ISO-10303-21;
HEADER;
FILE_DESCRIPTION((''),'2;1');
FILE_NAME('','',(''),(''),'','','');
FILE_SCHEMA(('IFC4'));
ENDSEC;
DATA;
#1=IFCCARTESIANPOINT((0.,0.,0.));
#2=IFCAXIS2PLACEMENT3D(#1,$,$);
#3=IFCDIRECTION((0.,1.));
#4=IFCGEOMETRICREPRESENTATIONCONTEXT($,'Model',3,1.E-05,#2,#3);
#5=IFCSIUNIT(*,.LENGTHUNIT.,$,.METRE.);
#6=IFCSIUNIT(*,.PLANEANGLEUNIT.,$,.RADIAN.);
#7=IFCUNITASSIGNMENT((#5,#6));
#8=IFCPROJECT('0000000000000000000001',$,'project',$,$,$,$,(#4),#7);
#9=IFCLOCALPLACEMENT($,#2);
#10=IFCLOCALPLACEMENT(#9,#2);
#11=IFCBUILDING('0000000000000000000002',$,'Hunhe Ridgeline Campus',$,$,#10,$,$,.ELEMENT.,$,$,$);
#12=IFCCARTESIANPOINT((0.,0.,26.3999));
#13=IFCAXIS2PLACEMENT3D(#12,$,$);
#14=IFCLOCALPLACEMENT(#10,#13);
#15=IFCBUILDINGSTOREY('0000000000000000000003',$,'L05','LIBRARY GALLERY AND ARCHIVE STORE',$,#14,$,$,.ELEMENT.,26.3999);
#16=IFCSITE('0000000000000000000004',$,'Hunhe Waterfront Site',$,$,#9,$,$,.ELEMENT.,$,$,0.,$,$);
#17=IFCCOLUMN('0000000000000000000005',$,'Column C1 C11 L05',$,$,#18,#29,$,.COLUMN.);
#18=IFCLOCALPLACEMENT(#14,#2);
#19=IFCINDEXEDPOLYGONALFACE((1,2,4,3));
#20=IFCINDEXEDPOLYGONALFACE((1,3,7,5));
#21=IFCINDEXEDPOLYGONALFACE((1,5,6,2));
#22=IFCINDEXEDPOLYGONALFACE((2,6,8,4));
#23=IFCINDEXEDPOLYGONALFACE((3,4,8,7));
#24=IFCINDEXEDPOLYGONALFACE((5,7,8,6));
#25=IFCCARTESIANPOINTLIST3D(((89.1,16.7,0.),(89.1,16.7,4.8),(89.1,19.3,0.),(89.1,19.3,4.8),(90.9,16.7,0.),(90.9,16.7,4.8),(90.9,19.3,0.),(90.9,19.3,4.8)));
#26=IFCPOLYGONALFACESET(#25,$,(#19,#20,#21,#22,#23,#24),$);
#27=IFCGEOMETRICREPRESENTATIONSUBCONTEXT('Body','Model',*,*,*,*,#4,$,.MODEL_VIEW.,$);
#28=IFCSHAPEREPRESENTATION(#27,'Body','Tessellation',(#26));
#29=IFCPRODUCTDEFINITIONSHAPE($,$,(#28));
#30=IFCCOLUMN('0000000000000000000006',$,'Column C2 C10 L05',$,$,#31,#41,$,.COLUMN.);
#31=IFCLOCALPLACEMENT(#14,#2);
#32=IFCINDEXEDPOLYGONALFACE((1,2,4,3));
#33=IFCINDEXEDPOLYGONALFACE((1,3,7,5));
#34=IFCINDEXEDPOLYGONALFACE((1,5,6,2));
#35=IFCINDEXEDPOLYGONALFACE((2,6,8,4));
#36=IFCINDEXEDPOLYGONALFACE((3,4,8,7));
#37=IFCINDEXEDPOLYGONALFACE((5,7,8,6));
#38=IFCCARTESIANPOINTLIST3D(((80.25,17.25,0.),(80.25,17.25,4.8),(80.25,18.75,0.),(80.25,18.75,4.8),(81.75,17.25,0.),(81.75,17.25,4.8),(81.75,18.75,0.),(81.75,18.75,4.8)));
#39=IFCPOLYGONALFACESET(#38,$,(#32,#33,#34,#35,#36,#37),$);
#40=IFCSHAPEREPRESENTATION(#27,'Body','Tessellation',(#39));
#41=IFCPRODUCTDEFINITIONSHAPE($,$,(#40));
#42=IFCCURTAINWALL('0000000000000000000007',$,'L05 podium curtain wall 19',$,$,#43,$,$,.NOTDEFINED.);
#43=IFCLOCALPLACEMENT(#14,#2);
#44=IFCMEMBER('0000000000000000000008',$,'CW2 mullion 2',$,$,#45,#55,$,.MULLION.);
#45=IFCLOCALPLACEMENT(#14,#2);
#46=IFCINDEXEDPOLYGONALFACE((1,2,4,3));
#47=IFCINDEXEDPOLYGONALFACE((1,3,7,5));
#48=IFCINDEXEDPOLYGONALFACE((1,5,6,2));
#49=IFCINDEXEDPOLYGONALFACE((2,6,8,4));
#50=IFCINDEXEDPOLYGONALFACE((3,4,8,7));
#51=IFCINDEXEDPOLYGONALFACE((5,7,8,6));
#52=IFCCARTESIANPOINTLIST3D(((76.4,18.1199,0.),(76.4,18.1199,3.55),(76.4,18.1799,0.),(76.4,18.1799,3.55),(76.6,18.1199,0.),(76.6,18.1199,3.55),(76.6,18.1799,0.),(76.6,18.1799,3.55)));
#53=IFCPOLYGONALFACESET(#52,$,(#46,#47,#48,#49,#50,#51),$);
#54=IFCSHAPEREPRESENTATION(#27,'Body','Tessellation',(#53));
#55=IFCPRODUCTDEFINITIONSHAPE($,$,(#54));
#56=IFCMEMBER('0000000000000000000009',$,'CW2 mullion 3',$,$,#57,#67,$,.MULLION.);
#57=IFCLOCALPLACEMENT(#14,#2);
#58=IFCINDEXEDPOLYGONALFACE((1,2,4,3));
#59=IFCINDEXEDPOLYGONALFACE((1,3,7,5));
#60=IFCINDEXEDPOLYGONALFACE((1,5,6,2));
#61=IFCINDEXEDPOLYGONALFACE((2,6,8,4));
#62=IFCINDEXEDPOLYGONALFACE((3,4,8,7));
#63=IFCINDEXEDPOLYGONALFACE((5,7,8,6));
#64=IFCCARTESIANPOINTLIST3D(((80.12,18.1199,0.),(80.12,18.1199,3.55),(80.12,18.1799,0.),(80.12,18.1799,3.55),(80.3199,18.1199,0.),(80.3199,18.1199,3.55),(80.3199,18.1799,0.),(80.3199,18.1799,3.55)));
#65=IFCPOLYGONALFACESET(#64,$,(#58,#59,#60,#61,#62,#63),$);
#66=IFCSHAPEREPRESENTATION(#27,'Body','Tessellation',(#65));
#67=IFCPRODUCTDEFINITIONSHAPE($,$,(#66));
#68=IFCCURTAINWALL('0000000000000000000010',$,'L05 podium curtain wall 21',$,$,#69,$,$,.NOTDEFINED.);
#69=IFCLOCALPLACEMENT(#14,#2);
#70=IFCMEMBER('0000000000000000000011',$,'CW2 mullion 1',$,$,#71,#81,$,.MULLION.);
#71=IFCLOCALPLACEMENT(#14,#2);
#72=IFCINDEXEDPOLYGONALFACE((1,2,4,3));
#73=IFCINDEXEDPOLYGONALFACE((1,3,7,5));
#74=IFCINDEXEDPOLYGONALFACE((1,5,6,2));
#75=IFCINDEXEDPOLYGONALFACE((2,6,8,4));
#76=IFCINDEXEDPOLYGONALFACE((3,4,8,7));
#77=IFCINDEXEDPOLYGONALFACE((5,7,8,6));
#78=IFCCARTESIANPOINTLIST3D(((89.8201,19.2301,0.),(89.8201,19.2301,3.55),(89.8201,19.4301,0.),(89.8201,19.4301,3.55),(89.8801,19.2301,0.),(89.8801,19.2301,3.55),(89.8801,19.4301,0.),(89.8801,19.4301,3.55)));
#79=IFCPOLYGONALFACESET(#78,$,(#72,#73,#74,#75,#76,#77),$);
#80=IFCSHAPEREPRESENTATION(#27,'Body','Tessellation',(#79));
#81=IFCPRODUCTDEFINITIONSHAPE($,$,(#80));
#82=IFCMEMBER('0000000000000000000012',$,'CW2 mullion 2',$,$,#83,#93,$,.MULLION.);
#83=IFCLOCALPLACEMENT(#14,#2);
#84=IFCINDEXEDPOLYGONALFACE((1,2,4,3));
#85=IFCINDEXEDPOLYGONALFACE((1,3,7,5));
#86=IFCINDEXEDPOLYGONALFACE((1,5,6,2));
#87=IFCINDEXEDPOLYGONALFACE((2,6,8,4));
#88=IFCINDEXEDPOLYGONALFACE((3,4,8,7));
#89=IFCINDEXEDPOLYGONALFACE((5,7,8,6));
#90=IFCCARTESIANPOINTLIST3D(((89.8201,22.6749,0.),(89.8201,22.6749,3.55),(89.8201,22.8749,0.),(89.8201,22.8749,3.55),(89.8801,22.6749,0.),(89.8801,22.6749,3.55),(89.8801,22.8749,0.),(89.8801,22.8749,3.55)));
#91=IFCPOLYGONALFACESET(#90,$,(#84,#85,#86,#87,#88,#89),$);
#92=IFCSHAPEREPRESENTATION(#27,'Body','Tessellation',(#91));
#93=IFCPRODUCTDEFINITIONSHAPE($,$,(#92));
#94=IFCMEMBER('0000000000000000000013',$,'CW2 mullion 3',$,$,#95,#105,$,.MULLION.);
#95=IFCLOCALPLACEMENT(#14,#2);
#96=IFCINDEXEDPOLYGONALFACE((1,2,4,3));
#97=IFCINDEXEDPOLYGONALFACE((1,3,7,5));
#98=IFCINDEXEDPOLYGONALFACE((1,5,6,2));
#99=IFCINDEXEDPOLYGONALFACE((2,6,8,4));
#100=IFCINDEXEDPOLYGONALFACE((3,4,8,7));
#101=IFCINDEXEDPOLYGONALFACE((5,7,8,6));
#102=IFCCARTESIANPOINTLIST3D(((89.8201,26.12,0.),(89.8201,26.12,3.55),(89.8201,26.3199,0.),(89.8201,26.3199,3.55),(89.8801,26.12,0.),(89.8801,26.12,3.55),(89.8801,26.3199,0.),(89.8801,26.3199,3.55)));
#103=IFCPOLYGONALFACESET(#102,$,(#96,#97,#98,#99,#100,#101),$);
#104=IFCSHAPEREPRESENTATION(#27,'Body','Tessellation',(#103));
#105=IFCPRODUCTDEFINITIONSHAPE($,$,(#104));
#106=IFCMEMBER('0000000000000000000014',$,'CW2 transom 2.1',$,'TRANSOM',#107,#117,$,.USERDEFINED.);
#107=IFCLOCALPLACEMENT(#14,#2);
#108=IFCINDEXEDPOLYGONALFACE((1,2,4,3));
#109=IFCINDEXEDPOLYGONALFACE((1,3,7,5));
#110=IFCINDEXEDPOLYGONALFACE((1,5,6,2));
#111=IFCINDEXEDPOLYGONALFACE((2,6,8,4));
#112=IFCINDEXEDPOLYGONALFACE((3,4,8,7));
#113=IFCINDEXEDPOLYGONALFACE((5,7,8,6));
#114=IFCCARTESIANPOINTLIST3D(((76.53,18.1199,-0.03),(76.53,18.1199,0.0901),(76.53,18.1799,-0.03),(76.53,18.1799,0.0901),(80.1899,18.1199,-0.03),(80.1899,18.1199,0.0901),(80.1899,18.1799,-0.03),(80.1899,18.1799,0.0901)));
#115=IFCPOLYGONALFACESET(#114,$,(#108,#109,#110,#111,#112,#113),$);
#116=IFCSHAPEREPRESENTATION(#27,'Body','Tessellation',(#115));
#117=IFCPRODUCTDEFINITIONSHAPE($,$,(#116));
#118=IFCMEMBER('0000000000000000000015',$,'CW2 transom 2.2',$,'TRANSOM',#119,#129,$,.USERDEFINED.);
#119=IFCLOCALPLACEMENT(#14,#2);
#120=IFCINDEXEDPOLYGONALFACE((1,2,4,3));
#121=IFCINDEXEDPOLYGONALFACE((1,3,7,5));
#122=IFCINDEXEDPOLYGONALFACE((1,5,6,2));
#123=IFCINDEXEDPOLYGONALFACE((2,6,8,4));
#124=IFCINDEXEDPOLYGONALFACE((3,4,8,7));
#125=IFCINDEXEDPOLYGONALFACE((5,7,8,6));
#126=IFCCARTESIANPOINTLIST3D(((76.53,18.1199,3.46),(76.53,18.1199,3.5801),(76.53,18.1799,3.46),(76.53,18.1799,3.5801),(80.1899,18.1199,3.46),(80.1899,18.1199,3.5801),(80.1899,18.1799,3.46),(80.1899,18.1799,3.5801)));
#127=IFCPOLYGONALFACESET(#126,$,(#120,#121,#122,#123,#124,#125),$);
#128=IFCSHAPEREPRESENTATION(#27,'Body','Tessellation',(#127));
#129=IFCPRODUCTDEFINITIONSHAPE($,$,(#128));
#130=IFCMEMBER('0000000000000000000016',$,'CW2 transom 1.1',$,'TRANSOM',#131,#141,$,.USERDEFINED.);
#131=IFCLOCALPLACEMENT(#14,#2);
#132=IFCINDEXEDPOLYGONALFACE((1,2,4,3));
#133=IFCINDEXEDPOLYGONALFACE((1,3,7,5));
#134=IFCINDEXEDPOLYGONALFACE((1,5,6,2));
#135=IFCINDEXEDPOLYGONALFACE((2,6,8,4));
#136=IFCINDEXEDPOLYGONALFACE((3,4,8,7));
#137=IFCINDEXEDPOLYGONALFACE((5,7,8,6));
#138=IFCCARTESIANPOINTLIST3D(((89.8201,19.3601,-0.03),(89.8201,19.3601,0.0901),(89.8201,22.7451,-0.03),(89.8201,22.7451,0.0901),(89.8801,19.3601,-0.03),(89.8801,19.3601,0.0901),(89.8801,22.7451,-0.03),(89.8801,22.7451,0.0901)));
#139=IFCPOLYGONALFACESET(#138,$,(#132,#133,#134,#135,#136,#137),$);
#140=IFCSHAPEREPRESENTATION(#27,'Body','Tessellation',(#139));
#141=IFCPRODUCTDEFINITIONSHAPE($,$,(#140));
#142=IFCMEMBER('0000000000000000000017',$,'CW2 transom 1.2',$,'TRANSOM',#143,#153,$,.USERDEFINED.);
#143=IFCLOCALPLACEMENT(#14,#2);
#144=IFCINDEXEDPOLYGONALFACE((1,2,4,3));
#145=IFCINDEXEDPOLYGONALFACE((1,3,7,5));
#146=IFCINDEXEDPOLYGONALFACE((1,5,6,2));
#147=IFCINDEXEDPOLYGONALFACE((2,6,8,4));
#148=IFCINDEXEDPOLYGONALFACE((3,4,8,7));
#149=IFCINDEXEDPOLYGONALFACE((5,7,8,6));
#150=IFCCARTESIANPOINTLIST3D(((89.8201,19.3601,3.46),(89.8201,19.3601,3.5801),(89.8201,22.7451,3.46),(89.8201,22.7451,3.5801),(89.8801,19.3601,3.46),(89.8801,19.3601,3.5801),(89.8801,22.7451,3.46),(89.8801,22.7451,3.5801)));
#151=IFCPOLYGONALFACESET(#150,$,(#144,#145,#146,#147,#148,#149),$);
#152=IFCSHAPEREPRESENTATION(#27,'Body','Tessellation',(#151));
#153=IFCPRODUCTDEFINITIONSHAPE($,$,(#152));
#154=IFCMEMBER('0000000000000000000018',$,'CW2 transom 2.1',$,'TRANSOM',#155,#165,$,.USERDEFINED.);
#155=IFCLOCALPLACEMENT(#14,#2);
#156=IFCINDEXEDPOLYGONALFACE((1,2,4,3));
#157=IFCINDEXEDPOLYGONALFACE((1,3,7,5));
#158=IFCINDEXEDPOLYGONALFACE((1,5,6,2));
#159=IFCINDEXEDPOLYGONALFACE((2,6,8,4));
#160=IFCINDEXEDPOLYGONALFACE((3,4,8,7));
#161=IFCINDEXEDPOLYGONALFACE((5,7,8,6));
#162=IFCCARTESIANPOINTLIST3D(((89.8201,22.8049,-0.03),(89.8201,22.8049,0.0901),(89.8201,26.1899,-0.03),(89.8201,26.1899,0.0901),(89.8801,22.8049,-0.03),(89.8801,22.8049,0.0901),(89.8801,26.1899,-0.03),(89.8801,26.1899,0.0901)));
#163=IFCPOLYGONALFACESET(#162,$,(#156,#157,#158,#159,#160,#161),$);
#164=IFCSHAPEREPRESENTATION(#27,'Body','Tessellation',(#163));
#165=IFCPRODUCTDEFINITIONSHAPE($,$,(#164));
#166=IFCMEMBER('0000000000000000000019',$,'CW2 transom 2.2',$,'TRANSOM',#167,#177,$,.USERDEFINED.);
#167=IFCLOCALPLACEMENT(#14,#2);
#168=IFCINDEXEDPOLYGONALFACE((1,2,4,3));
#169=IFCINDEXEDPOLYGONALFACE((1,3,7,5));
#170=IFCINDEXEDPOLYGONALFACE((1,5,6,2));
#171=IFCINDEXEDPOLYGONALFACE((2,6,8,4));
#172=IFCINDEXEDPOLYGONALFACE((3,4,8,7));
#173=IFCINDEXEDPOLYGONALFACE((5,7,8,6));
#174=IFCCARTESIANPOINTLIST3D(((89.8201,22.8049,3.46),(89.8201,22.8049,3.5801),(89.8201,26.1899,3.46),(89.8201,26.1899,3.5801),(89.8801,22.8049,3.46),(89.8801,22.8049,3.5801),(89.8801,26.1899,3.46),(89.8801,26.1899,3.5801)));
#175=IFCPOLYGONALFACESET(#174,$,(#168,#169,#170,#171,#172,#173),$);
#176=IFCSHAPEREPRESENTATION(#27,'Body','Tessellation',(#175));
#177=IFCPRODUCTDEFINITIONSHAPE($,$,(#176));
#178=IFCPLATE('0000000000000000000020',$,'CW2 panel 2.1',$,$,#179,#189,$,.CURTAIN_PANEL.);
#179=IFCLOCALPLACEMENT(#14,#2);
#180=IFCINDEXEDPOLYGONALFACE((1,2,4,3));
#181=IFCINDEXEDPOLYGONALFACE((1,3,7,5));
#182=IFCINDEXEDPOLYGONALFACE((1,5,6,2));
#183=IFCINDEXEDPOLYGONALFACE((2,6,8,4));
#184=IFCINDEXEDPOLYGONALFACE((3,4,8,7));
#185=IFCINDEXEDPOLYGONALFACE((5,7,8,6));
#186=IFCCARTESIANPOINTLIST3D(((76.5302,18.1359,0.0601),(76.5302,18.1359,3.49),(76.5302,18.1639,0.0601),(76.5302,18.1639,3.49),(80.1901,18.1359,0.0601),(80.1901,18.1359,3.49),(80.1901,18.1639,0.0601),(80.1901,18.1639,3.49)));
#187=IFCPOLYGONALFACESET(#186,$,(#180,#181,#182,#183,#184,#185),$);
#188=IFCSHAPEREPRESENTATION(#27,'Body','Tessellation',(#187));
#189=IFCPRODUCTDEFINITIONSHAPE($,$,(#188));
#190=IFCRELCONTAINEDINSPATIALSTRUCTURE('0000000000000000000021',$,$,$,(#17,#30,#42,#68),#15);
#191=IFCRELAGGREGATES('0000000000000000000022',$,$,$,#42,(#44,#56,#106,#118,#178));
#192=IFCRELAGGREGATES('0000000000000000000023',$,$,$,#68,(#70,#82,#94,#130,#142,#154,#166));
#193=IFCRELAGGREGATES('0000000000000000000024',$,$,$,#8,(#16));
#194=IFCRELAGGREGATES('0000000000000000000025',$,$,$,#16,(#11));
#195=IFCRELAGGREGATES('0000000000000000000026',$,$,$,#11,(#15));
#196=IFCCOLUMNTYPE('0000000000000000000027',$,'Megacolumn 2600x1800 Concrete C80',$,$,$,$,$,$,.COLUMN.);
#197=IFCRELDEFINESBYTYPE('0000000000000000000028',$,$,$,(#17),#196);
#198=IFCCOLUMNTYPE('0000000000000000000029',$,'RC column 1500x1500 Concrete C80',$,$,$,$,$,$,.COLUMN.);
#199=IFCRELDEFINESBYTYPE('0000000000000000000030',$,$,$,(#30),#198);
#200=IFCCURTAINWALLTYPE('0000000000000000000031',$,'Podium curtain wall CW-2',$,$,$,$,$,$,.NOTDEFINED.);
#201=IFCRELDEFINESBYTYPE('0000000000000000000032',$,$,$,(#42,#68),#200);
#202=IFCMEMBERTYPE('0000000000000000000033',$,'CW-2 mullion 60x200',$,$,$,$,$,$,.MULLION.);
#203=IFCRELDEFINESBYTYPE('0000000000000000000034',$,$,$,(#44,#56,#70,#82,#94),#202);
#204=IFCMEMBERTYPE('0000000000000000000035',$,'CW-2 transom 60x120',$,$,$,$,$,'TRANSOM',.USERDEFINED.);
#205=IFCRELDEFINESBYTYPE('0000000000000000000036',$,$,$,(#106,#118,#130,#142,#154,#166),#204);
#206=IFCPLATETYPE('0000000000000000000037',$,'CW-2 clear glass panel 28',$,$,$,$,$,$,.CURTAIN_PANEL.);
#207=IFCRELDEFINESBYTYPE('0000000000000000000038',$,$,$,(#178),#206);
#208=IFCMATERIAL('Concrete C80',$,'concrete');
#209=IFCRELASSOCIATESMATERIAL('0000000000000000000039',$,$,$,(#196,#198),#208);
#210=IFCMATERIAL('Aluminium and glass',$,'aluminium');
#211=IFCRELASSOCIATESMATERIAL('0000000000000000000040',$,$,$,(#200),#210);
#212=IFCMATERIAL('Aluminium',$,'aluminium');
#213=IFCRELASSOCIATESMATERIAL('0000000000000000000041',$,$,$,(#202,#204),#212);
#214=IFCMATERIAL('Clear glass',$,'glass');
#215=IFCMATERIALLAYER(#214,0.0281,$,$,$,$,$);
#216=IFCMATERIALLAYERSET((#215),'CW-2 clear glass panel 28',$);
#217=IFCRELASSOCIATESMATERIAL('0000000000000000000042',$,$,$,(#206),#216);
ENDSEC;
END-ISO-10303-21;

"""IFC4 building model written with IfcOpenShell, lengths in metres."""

from ifc_helpers import new_model, si_unit, direction, frame, origin, origin_2d, place, context, subcontext, project, spatial, rectangle, extrude, material, layer, layer_set, material_profile, profile_set, type_object, element, aggregate, save


model = new_model("IFC4")

# Units and contexts
model_context = context("Model", 3, precision=1e-05, world=origin(), true_north=direction((0.0, 1.0)))
body_context = subcontext(model_context, "Body", "Model", "MODEL_VIEW")
ifc_project = project(units=[si_unit("LENGTHUNIT", "METRE"), si_unit("PLANEANGLEUNIT", "RADIAN")], contexts=[model_context])

# Site, building, storey
site_placement = place(None, origin())
site = spatial("IfcSite", under=ifc_project, at=site_placement, Name="Hunhe Waterfront Site", CompositionType="ELEMENT", RefElevation=0.0)
building_placement = place(site_placement, origin())
building = spatial("IfcBuilding", under=site, at=building_placement, Name="Hunhe Ridgeline Campus", CompositionType="ELEMENT")
storey_placement = place(building_placement, frame((0.0, 0.0, 26.3999)))
storey = spatial("IfcBuildingStorey", under=building, at=storey_placement, Name="L05", Description="LIBRARY GALLERY AND ARCHIVE STORE", CompositionType="ELEMENT", Elevation=26.3999)

# Columns
ifc_material_1 = material(Name="Concrete C80", Category="concrete")
ifc_material_profile_1 = material_profile(ifc_material_1, rectangle(XDim=2.6001, YDim=1.8, at=origin_2d()))
ifc_profile_set_1 = profile_set([ifc_material_profile_1], Name="Concrete C80")
column_type_1 = type_object("IfcColumnType", Name="Megacolumn 2600x1800 Concrete C80", PredefinedType="COLUMN", material=ifc_profile_set_1)
column_1_placement = place(storey_placement, frame((90.0, 18.0, 0.0), z_axis=(0.0, 0.0, 1.0), x_axis=(0.0, 1.0, 0.0)))
element("IfcColumn", 1, at=column_1_placement, inside=storey, type_object=column_type_1, Name="Column C1 C11 L05", PredefinedType="COLUMN", context=body_context, shape_type="SweptSolid", body=[
    extrude(rectangle(XDim=2.6001, YDim=1.8, at=origin_2d()), origin(), (0.0, 0.0, 1.0), 4.8),
])
ifc_material_profile_2 = material_profile(ifc_material_1, rectangle(XDim=1.5, YDim=1.5, at=origin_2d()))
ifc_profile_set_2 = profile_set([ifc_material_profile_2], Name="Concrete C80")
column_type_2 = type_object("IfcColumnType", Name="RC column 1500x1500 Concrete C80", PredefinedType="COLUMN", material=ifc_profile_set_2)
column_2_placement = place(storey_placement, frame((81.0, 18.0, 0.0), z_axis=(0.0, 0.0, 1.0), x_axis=(1.0, 0.0, 0.0)))
element("IfcColumn", 2, at=column_2_placement, inside=storey, type_object=column_type_2, Name="Column C2 C10 L05", PredefinedType="COLUMN", context=body_context, shape_type="SweptSolid", body=[
    extrude(rectangle(XDim=1.5, YDim=1.5, at=origin_2d()), origin(), (0.0, 0.0, 1.0), 4.8),
])

# Curtain walls, members
ifc_material_2 = material(Name="Aluminium and glass", Category="aluminium")
curtain_wall_type = type_object("IfcCurtainWallType", Name="Podium curtain wall CW-2", PredefinedType="NOTDEFINED", material=ifc_material_2)
curtain_wall_1_placement = place(storey_placement, origin())
curtain_wall_1 = element("IfcCurtainWall", 3, at=curtain_wall_1_placement, inside=storey, type_object=curtain_wall_type, Name="L05 podium curtain wall 19", PredefinedType="NOTDEFINED")
ifc_material_3 = material(Name="Aluminium", Category="aluminium")
ifc_material_profile_3 = material_profile(ifc_material_3, rectangle(XDim=0.0601, YDim=0.2, at=origin_2d()))
ifc_profile_set_3 = profile_set([ifc_material_profile_3], Name="Aluminium")
member_type_1 = type_object("IfcMemberType", Name="CW-2 mullion 60x200", PredefinedType="MULLION", material=ifc_profile_set_3)
member_1_placement = place(storey_placement, frame((76.5, 18.1499, 0.0), z_axis=(0.0, 0.0, 1.0), x_axis=(0.0, 1.0, 0.0)))
member_1 = element("IfcMember", 4, at=member_1_placement, type_object=member_type_1, Name="CW2 mullion 2", PredefinedType="MULLION", context=body_context, shape_type="SweptSolid", body=[
    extrude(rectangle(XDim=0.0601, YDim=0.2, at=origin_2d()), origin(), (0.0, 0.0, 1.0), 3.55),
])
member_2_placement = place(storey_placement, frame((80.22, 18.1499, 0.0), z_axis=(0.0, 0.0, 1.0), x_axis=(0.0, 1.0, 0.0)))
member_2 = element("IfcMember", 5, at=member_2_placement, type_object=member_type_1, Name="CW2 mullion 3", PredefinedType="MULLION", context=body_context, shape_type="SweptSolid", body=[
    extrude(rectangle(XDim=0.0601, YDim=0.2, at=origin_2d()), origin(), (0.0, 0.0, 1.0), 3.55),
])
curtain_wall_2_placement = place(storey_placement, origin())
curtain_wall_2 = element("IfcCurtainWall", 6, at=curtain_wall_2_placement, inside=storey, type_object=curtain_wall_type, Name="L05 podium curtain wall 21", PredefinedType="NOTDEFINED")
member_3_placement = place(storey_placement, frame((89.8501, 19.3301, 0.0), z_axis=(0.0, 0.0, 1.0), x_axis=(-1.0, 0.0, 0.0)))
member_3 = element("IfcMember", 7, at=member_3_placement, type_object=member_type_1, Name="CW2 mullion 1", PredefinedType="MULLION", context=body_context, shape_type="SweptSolid", body=[
    extrude(rectangle(XDim=0.0601, YDim=0.2, at=origin_2d()), origin(), (0.0, 0.0, 1.0), 3.55),
])
member_4_placement = place(storey_placement, frame((89.8501, 22.7749, 0.0), z_axis=(0.0, 0.0, 1.0), x_axis=(-1.0, 0.0, 0.0)))
member_4 = element("IfcMember", 8, at=member_4_placement, type_object=member_type_1, Name="CW2 mullion 2", PredefinedType="MULLION", context=body_context, shape_type="SweptSolid", body=[
    extrude(rectangle(XDim=0.0601, YDim=0.2, at=origin_2d()), origin(), (0.0, 0.0, 1.0), 3.55),
])
member_5_placement = place(storey_placement, frame((89.8501, 26.22, 0.0), z_axis=(0.0, 0.0, 1.0), x_axis=(-1.0, 0.0, 0.0)))
member_5 = element("IfcMember", 9, at=member_5_placement, type_object=member_type_1, Name="CW2 mullion 3", PredefinedType="MULLION", context=body_context, shape_type="SweptSolid", body=[
    extrude(rectangle(XDim=0.0601, YDim=0.2, at=origin_2d()), origin(), (0.0, 0.0, 1.0), 3.55),
])

# Members
ifc_material_profile_4 = material_profile(ifc_material_3, rectangle(XDim=0.0601, YDim=0.1201, at=origin_2d()))
ifc_profile_set_4 = profile_set([ifc_material_profile_4], Name="Aluminium")
member_type_2 = type_object("IfcMemberType", Name="CW-2 transom 60x120", ElementType="TRANSOM", PredefinedType="USERDEFINED", material=ifc_profile_set_4)
member_6_placement = place(storey_placement, frame((76.53, 18.1499, 0.03), z_axis=(1.0, 0.0, 0.0), x_axis=(0.0, 1.0, 0.0)))
member_6 = element("IfcMember", 10, at=member_6_placement, type_object=member_type_2, Name="CW2 transom 2.1", ObjectType="TRANSOM", PredefinedType="USERDEFINED", context=body_context, shape_type="SweptSolid", body=[
    extrude(rectangle(XDim=0.0601, YDim=0.1201, at=origin_2d()), origin(), (0.0, 0.0, 1.0), 3.6599),
])
member_7_placement = place(storey_placement, frame((76.53, 18.1499, 3.52), z_axis=(1.0, 0.0, 0.0), x_axis=(0.0, 1.0, 0.0)))
member_7 = element("IfcMember", 11, at=member_7_placement, type_object=member_type_2, Name="CW2 transom 2.2", ObjectType="TRANSOM", PredefinedType="USERDEFINED", context=body_context, shape_type="SweptSolid", body=[
    extrude(rectangle(XDim=0.0601, YDim=0.1201, at=origin_2d()), origin(), (0.0, 0.0, 1.0), 3.6599),
])
member_8_placement = place(storey_placement, frame((89.8501, 19.3601, 0.03), z_axis=(0.0, 1.0, 0.0), x_axis=(-1.0, 0.0, 0.0)))
member_8 = element("IfcMember", 12, at=member_8_placement, type_object=member_type_2, Name="CW2 transom 1.1", ObjectType="TRANSOM", PredefinedType="USERDEFINED", context=body_context, shape_type="SweptSolid", body=[
    extrude(rectangle(XDim=0.0601, YDim=0.1201, at=origin_2d()), origin(), (0.0, 0.0, 1.0), 3.385),
])
member_9_placement = place(storey_placement, frame((89.8501, 19.3601, 3.52), z_axis=(0.0, 1.0, 0.0), x_axis=(-1.0, 0.0, 0.0)))
member_9 = element("IfcMember", 13, at=member_9_placement, type_object=member_type_2, Name="CW2 transom 1.2", ObjectType="TRANSOM", PredefinedType="USERDEFINED", context=body_context, shape_type="SweptSolid", body=[
    extrude(rectangle(XDim=0.0601, YDim=0.1201, at=origin_2d()), origin(), (0.0, 0.0, 1.0), 3.385),
])
member_10_placement = place(storey_placement, frame((89.8501, 22.8049, 0.03), z_axis=(0.0, 1.0, 0.0), x_axis=(-1.0, 0.0, 0.0)))
member_10 = element("IfcMember", 14, at=member_10_placement, type_object=member_type_2, Name="CW2 transom 2.1", ObjectType="TRANSOM", PredefinedType="USERDEFINED", context=body_context, shape_type="SweptSolid", body=[
    extrude(rectangle(XDim=0.0601, YDim=0.1201, at=origin_2d()), origin(), (0.0, 0.0, 1.0), 3.385),
])
member_11_placement = place(storey_placement, frame((89.8501, 22.8049, 3.52), z_axis=(0.0, 1.0, 0.0), x_axis=(-1.0, 0.0, 0.0)))
member_11 = element("IfcMember", 15, at=member_11_placement, type_object=member_type_2, Name="CW2 transom 2.2", ObjectType="TRANSOM", PredefinedType="USERDEFINED", context=body_context, shape_type="SweptSolid", body=[
    extrude(rectangle(XDim=0.0601, YDim=0.1201, at=origin_2d()), origin(), (0.0, 0.0, 1.0), 3.385),
])

# Plate
ifc_material_4 = material(Name="Clear glass", Category="glass")
ifc_layer_1 = layer(ifc_material_4, 0.0281)
ifc_layer_set_1 = layer_set([ifc_layer_1], Name="CW-2 clear glass panel 28")
plate_type = type_object("IfcPlateType", Name="CW-2 clear glass panel 28", PredefinedType="CURTAIN_PANEL", material=ifc_layer_set_1)
plate_1_placement = place(storey_placement, frame((78.3601, 18.1499, 0.0601), z_axis=(0.0, 0.0, 1.0), x_axis=(1.0, 0.0, 0.0)))
plate_1 = element("IfcPlate", 16, at=plate_1_placement, type_object=plate_type, Name="CW2 panel 2.1", PredefinedType="CURTAIN_PANEL", context=body_context, shape_type="SweptSolid", body=[
    extrude(rectangle(XDim=3.6599, YDim=0.0281, at=origin_2d()), origin(), (0.0, 0.0, 1.0), 3.4299),
])
aggregate(curtain_wall_1, [member_1, member_2, member_6, member_7, plate_1])
aggregate(curtain_wall_2, [member_3, member_4, member_5, member_8, member_9, member_10, member_11])

save(model, "model.ifc")
